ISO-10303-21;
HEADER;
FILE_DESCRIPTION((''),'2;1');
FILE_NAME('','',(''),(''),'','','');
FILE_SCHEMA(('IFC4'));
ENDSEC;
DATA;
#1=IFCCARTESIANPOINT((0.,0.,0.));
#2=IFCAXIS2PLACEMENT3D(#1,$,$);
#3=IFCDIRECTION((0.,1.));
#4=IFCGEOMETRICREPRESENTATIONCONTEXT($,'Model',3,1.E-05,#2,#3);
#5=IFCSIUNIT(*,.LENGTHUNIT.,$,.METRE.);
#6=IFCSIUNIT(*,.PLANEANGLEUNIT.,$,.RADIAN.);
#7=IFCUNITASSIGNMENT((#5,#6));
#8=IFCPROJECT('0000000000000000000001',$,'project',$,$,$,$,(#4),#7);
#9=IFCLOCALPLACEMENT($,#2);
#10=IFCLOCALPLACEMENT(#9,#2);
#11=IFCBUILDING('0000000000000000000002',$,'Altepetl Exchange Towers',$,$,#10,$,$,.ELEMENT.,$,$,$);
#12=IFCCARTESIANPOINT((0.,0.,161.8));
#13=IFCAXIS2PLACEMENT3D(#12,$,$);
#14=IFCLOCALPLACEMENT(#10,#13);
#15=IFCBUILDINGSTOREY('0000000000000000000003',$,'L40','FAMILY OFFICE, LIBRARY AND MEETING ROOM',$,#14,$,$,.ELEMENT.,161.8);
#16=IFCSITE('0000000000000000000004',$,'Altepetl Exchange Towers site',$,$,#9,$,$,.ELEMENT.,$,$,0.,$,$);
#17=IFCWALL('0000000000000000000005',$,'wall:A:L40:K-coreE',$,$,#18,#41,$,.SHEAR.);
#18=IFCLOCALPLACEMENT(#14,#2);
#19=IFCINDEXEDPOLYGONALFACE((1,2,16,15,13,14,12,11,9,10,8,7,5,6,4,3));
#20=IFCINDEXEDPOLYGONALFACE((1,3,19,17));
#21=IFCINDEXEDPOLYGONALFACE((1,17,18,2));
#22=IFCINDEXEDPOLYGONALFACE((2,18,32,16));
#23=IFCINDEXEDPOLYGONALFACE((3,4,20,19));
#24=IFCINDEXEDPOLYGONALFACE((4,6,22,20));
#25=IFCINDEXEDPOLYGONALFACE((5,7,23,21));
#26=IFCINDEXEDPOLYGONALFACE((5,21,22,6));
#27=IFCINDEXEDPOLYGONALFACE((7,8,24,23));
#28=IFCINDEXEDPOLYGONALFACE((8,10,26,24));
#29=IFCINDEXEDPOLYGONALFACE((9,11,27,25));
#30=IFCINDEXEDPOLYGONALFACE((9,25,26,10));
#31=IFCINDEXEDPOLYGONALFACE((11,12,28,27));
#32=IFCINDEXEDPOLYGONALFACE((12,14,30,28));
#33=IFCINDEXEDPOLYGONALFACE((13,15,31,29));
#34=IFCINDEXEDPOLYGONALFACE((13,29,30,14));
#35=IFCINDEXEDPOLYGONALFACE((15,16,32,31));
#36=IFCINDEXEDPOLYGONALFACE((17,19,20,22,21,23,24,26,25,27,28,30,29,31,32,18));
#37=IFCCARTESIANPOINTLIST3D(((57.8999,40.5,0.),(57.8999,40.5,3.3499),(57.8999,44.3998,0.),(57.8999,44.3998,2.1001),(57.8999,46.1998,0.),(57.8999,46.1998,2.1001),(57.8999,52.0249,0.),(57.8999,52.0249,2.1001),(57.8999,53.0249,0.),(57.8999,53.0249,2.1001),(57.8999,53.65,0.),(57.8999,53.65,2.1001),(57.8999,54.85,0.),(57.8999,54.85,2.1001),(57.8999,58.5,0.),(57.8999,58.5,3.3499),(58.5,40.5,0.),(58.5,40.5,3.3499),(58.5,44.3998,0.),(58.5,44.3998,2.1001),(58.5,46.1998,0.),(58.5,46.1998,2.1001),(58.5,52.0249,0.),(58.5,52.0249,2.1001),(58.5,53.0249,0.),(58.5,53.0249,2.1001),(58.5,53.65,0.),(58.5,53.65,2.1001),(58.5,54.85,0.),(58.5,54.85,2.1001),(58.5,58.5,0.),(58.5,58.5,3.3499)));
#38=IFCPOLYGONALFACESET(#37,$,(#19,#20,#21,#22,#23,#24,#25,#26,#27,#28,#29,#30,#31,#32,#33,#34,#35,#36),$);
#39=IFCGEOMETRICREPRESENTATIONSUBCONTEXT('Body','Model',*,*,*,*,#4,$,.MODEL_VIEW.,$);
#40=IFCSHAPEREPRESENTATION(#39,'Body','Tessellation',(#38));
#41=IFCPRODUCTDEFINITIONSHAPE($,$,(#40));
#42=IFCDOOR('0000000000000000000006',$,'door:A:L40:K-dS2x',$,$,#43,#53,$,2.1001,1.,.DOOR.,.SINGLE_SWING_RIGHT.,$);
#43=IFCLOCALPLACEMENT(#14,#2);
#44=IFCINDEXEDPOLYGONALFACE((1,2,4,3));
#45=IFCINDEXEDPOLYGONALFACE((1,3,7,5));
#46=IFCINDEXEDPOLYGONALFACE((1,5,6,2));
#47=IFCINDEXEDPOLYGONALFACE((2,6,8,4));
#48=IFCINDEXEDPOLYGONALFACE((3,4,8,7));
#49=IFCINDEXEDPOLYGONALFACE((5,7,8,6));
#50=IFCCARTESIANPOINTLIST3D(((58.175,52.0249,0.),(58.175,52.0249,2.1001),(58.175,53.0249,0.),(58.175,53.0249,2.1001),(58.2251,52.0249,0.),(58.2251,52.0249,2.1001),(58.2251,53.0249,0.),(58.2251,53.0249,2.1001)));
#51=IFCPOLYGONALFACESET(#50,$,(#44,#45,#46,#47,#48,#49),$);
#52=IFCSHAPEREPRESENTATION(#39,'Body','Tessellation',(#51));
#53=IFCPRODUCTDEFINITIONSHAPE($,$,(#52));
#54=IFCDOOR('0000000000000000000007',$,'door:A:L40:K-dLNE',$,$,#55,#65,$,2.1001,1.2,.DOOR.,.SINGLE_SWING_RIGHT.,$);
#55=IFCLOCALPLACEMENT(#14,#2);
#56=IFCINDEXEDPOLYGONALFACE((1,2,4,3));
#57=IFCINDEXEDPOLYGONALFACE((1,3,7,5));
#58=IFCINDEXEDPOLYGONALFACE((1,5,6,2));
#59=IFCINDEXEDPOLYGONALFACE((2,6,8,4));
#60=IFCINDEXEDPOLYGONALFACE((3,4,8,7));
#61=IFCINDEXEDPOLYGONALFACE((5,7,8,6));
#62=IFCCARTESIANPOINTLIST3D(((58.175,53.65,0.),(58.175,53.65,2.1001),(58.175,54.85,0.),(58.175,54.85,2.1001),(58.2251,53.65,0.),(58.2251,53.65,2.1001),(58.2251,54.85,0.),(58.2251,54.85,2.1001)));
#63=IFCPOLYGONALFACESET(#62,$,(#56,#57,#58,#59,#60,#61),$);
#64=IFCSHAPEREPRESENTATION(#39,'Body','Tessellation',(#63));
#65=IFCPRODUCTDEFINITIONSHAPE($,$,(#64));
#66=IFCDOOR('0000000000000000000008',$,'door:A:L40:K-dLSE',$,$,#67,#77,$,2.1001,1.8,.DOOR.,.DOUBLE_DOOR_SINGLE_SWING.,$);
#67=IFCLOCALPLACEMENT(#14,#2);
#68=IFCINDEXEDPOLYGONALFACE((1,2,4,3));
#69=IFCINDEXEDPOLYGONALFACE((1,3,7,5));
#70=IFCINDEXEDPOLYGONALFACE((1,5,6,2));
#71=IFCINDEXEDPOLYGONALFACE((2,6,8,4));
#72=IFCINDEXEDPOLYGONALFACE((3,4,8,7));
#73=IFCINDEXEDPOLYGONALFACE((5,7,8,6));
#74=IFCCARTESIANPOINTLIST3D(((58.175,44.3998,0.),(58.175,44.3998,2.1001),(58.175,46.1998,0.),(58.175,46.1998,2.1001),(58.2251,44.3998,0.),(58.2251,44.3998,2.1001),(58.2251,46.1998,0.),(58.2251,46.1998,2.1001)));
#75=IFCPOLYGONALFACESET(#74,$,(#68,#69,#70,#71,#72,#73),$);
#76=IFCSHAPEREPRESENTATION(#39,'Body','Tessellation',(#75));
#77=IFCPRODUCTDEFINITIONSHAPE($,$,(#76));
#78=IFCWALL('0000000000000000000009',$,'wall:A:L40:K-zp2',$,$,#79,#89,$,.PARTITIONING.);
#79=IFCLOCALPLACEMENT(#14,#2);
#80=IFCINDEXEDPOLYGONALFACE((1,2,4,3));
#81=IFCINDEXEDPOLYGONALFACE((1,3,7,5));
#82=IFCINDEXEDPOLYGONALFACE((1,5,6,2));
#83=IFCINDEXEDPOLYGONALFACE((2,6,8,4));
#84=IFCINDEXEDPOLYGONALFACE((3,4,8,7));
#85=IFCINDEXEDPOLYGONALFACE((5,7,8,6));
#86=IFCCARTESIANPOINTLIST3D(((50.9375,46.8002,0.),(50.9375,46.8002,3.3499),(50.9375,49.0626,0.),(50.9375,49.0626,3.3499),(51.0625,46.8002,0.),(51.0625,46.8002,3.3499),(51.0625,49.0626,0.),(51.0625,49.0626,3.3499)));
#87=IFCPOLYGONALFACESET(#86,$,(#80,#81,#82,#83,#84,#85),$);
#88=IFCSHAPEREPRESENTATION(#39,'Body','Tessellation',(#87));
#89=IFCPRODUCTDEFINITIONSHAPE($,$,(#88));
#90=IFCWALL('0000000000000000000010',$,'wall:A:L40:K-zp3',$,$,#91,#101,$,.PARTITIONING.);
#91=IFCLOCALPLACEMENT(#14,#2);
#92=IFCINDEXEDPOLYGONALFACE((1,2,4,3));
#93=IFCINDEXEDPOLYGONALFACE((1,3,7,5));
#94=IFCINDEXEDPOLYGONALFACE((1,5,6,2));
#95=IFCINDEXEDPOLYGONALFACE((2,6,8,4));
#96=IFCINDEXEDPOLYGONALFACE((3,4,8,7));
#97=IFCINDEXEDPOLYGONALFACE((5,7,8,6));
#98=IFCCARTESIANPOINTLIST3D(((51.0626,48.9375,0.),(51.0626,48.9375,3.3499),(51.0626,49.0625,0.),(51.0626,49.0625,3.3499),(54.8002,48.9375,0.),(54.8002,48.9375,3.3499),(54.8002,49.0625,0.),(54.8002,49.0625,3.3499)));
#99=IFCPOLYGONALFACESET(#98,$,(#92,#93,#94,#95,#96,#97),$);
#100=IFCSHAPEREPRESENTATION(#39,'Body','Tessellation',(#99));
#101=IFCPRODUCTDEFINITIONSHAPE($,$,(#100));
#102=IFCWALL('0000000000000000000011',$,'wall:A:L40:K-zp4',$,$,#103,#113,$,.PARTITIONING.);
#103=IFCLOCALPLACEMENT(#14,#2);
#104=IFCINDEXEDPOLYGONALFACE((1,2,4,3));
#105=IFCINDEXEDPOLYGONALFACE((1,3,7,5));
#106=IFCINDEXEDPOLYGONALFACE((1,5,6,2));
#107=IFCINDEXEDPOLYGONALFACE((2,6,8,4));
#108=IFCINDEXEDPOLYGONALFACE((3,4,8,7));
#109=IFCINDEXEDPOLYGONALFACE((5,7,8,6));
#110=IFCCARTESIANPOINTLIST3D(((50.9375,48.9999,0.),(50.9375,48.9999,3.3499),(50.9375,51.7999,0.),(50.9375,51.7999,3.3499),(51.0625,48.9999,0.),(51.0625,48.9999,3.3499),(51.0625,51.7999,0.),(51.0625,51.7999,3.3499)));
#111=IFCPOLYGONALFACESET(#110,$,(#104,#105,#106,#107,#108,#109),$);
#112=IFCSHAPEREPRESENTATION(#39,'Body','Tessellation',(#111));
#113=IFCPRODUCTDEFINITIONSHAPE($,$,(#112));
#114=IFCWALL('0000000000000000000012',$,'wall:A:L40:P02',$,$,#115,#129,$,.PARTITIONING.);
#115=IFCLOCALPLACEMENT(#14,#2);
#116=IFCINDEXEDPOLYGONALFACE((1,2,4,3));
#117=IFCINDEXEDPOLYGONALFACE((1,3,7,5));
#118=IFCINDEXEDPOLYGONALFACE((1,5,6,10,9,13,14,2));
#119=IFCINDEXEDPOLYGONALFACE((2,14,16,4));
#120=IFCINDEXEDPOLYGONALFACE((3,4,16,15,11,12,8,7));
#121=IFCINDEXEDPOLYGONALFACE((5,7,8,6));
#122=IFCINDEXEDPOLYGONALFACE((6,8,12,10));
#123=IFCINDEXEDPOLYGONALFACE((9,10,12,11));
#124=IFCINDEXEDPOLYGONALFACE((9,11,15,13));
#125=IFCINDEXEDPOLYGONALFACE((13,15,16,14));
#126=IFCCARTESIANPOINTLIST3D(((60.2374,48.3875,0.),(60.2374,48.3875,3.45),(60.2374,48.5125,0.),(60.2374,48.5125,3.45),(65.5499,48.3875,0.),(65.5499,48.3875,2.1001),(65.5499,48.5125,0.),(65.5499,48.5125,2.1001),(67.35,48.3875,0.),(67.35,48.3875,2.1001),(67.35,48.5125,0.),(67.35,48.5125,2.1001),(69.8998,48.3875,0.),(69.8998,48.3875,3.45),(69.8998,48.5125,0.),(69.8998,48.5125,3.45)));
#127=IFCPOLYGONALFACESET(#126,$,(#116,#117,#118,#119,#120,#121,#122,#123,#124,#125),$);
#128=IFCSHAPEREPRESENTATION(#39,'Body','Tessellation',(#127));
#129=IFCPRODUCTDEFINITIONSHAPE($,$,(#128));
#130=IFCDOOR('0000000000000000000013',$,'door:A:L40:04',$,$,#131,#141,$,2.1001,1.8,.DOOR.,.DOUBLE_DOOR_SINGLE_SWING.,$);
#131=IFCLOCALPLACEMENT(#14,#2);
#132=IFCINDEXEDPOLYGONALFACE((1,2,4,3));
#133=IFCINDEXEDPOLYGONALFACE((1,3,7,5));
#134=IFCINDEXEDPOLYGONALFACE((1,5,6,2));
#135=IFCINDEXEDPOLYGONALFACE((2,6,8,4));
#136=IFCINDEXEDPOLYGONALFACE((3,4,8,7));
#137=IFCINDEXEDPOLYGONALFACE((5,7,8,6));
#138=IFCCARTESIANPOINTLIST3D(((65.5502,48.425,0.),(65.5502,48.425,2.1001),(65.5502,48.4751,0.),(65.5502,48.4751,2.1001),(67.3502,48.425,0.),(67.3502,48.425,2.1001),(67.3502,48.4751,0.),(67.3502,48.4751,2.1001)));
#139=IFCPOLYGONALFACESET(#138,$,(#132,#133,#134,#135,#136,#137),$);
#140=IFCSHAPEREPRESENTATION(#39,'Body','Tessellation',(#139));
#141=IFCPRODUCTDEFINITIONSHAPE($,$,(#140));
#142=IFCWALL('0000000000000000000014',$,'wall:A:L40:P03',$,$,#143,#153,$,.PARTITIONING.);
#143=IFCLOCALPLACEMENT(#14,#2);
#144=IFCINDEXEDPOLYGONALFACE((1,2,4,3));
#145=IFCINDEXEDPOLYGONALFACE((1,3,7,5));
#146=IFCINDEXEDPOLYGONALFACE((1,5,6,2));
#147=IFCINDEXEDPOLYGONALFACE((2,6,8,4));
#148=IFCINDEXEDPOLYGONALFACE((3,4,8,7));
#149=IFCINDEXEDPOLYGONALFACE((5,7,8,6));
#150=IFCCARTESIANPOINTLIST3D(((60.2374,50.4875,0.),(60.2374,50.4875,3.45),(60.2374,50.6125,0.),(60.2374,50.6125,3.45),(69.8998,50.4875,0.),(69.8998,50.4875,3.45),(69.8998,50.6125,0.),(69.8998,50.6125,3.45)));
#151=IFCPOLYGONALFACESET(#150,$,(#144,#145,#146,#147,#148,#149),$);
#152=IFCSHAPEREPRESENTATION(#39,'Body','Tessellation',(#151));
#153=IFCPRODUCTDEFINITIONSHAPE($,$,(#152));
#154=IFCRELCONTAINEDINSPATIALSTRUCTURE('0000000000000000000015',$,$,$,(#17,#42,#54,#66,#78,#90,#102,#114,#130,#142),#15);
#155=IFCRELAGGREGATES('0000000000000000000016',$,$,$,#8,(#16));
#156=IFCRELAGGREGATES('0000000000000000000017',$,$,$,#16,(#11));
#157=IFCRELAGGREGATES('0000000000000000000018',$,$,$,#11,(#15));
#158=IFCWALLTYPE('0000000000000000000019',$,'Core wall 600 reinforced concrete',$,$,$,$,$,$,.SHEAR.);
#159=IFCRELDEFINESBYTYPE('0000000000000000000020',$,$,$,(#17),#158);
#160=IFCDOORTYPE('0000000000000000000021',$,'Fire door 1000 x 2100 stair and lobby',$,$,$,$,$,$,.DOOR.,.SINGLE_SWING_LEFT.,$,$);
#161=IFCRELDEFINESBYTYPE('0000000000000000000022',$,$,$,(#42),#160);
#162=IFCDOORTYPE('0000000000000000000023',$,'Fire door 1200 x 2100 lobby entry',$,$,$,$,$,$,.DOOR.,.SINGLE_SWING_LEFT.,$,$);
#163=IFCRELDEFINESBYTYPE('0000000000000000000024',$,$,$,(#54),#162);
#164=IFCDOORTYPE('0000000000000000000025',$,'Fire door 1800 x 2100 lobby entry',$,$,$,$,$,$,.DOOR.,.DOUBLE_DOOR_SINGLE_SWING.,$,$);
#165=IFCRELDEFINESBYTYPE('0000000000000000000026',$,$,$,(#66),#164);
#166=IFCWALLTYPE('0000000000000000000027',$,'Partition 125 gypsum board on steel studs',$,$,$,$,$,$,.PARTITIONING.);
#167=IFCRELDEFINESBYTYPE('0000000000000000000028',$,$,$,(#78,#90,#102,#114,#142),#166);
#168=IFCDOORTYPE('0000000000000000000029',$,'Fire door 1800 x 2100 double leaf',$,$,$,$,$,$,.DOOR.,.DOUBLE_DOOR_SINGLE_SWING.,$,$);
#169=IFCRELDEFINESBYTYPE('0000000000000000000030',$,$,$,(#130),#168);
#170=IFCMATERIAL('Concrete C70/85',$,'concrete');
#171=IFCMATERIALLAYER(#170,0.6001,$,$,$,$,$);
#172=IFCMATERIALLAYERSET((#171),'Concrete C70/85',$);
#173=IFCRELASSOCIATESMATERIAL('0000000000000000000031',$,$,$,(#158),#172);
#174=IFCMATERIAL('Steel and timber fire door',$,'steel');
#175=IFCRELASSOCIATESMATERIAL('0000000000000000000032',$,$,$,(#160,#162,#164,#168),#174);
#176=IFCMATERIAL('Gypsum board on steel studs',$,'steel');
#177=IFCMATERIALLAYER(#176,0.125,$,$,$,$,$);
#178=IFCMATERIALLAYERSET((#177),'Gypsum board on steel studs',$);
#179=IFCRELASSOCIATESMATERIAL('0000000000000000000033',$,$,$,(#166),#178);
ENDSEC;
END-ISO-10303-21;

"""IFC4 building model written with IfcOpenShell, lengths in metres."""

from ifc_helpers import new_model, si_unit, direction, frame, frame_2d, origin, place, context, subcontext, project, spatial, rectangle, extrude, material, layer, layer_set, type_object, element, fill, save


model = new_model("IFC4")

# Units and contexts
model_context = context("Model", 3, precision=1e-05, world=origin(), true_north=direction((0.0, 1.0)))
body_context = subcontext(model_context, "Body", "Model", "MODEL_VIEW")
ifc_project = project(units=[si_unit("LENGTHUNIT", "METRE"), si_unit("PLANEANGLEUNIT", "RADIAN")], contexts=[model_context])

# Site, building, storey
site_placement = place(None, origin())
site = spatial("IfcSite", under=ifc_project, at=site_placement, Name="Altepetl Exchange Towers site", CompositionType="ELEMENT", RefElevation=0.0)
building_placement = place(site_placement, origin())
building = spatial("IfcBuilding", under=site, at=building_placement, Name="Altepetl Exchange Towers", CompositionType="ELEMENT")
storey_placement = place(building_placement, frame((0.0, 0.0, 161.8)))
storey = spatial("IfcBuildingStorey", under=building, at=storey_placement, Name="L40", Description="FAMILY OFFICE, LIBRARY AND MEETING ROOM", CompositionType="ELEMENT", Elevation=161.8)

# Wall, openings, doors
ifc_material_1 = material(Name="Concrete C70/85", Category="concrete")
ifc_layer_1 = layer(ifc_material_1, 0.6001)
ifc_layer_set_1 = layer_set([ifc_layer_1], Name="Concrete C70/85")
wall_type_1 = type_object("IfcWallType", Name="Core wall 600 reinforced concrete", PredefinedType="SHEAR", material=ifc_layer_set_1)
wall_1_placement = place(storey_placement, frame((58.2, 40.5, 0.0), z_axis=(0.0, 0.0, 1.0), x_axis=(0.0, 1.0, 0.0)))
wall_1 = element("IfcWall", 1, at=wall_1_placement, inside=storey, type_object=wall_type_1, Name="wall:A:L40:K-coreE", PredefinedType="SHEAR", context=body_context, shape_type="SweptSolid", body=[
    extrude(rectangle(XDim=18.0, YDim=0.6001, at=frame_2d((9.0, 0.0))), origin(), (0.0, 0.0, 1.0), 3.3499),
])
opening_1_placement = place(wall_1_placement, frame((13.1499, 0.0, 0.0)))
opening_1 = element("IfcOpeningElement", 2, at=opening_1_placement, cuts=wall_1, PredefinedType="OPENING", context=body_context, shape_type="SweptSolid", body=[
    extrude(rectangle(XDim=1.2, YDim=2.1001, at=frame_2d((0.6001, 1.05))), frame((0.0, 0.3101, 0.0), z_axis=(0.0, -1.0, 0.0), x_axis=(1.0, 0.0, 0.0)), (0.0, 0.0, 1.0), 0.6201),
])
opening_2_placement = place(wall_1_placement, frame((3.8999, 0.0, 0.0)))
opening_2 = element("IfcOpeningElement", 3, at=opening_2_placement, cuts=wall_1, PredefinedType="OPENING", context=body_context, shape_type="SweptSolid", body=[
    extrude(rectangle(XDim=1.8, YDim=2.1001, at=frame_2d((0.8999, 1.05))), frame((0.0, 0.3101, 0.0), z_axis=(0.0, -1.0, 0.0), x_axis=(1.0, 0.0, 0.0)), (0.0, 0.0, 1.0), 0.6201),
])
opening_3_placement = place(wall_1_placement, frame((11.5249, 0.0, 0.0)))
opening_3 = element("IfcOpeningElement", 4, at=opening_3_placement, cuts=wall_1, PredefinedType="OPENING", context=body_context, shape_type="SweptSolid", body=[
    extrude(rectangle(XDim=1.0, YDim=2.1001, at=frame_2d((0.5, 1.05))), frame((0.0, 0.3101, 0.0), z_axis=(0.0, -1.0, 0.0), x_axis=(1.0, 0.0, 0.0)), (0.0, 0.0, 1.0), 0.6201),
])
ifc_material_2 = material(Name="Steel and timber fire door", Category="steel")
door_type_1 = type_object("IfcDoorType", Name="Fire door 1000 x 2100 stair and lobby", OperationType="SINGLE_SWING_LEFT", PredefinedType="DOOR", material=ifc_material_2)
door_1_placement = place(opening_3_placement, origin())
door_1 = element("IfcDoor", 5, at=door_1_placement, inside=storey, type_object=door_type_1, Name="door:A:L40:K-dS2x", OperationType="SINGLE_SWING_RIGHT", OverallHeight=2.1001, OverallWidth=1.0, PredefinedType="DOOR", context=body_context, shape_type="SweptSolid", body=[
    extrude(rectangle(XDim=1.0, YDim=2.1001, at=frame_2d((0.5, 1.05))), frame((0.0, 0.0249, 0.0), z_axis=(0.0, -1.0, 0.0), x_axis=(1.0, 0.0, 0.0)), (0.0, 0.0, 1.0), 0.05),
])
fill(opening_3, door_1)
door_type_2 = type_object("IfcDoorType", Name="Fire door 1200 x 2100 lobby entry", OperationType="SINGLE_SWING_LEFT", PredefinedType="DOOR", material=ifc_material_2)
door_2_placement = place(opening_1_placement, origin())
door_2 = element("IfcDoor", 6, at=door_2_placement, inside=storey, type_object=door_type_2, Name="door:A:L40:K-dLNE", OperationType="SINGLE_SWING_RIGHT", OverallHeight=2.1001, OverallWidth=1.2, PredefinedType="DOOR", context=body_context, shape_type="SweptSolid", body=[
    extrude(rectangle(XDim=1.2, YDim=2.1001, at=frame_2d((0.6001, 1.05))), frame((0.0, 0.0249, 0.0), z_axis=(0.0, -1.0, 0.0), x_axis=(1.0, 0.0, 0.0)), (0.0, 0.0, 1.0), 0.05),
])
fill(opening_1, door_2)
door_type_3 = type_object("IfcDoorType", Name="Fire door 1800 x 2100 lobby entry", OperationType="DOUBLE_DOOR_SINGLE_SWING", PredefinedType="DOOR", material=ifc_material_2)
door_3_placement = place(opening_2_placement, origin())
door_3 = element("IfcDoor", 7, at=door_3_placement, inside=storey, type_object=door_type_3, Name="door:A:L40:K-dLSE", OperationType="DOUBLE_DOOR_SINGLE_SWING", OverallHeight=2.1001, OverallWidth=1.8, PredefinedType="DOOR", context=body_context, shape_type="SweptSolid", body=[
    extrude(rectangle(XDim=1.8, YDim=2.1001, at=frame_2d((0.8999, 1.05))), frame((0.0, 0.0249, 0.0), z_axis=(0.0, -1.0, 0.0), x_axis=(1.0, 0.0, 0.0)), (0.0, 0.0, 1.0), 0.05),
])
fill(opening_2, door_3)

# Walls
ifc_material_3 = material(Name="Gypsum board on steel studs", Category="steel")
ifc_layer_2 = layer(ifc_material_3, 0.125)
ifc_layer_set_2 = layer_set([ifc_layer_2], Name="Gypsum board on steel studs")
wall_type_2 = type_object("IfcWallType", Name="Partition 125 gypsum board on steel studs", PredefinedType="PARTITIONING", material=ifc_layer_set_2)
wall_2_placement = place(storey_placement, frame((51.0, 46.8, 0.0), z_axis=(0.0, 0.0, 1.0), x_axis=(0.0, 1.0, 0.0)))
element("IfcWall", 8, at=wall_2_placement, inside=storey, type_object=wall_type_2, Name="wall:A:L40:K-zp2", PredefinedType="PARTITIONING", context=body_context, shape_type="SweptSolid", body=[
    extrude(rectangle(XDim=2.2625, YDim=0.125, at=frame_2d((1.1313, 0.0))), origin(), (0.0, 0.0, 1.0), 3.3499),
])
wall_3_placement = place(storey_placement, frame((54.8, 49.0, 0.0), z_axis=(0.0, 0.0, 1.0), x_axis=(-1.0, 0.0, 0.0)))
element("IfcWall", 9, at=wall_3_placement, inside=storey, type_object=wall_type_2, Name="wall:A:L40:K-zp3", PredefinedType="PARTITIONING", context=body_context, shape_type="SweptSolid", body=[
    extrude(rectangle(XDim=3.7375, YDim=0.125, at=frame_2d((1.8687, 0.0))), origin(), (0.0, 0.0, 1.0), 3.3499),
])
wall_4_placement = place(storey_placement, frame((51.0, 49.0, 0.0), z_axis=(0.0, 0.0, 1.0), x_axis=(0.0, 1.0, 0.0)))
element("IfcWall", 10, at=wall_4_placement, inside=storey, type_object=wall_type_2, Name="wall:A:L40:K-zp4", PredefinedType="PARTITIONING", context=body_context, shape_type="SweptSolid", body=[
    extrude(rectangle(XDim=2.8, YDim=0.125, at=frame_2d((1.3999, 0.0))), origin(), (0.0, 0.0, 1.0), 3.3499),
])

# Wall, opening, door
wall_5_placement = place(storey_placement, frame((60.2375, 48.45, 0.0)))
wall_5 = element("IfcWall", 11, at=wall_5_placement, inside=storey, type_object=wall_type_2, Name="wall:A:L40:P02", PredefinedType="PARTITIONING", context=body_context, shape_type="SweptSolid", body=[
    extrude(rectangle(XDim=9.6624, YDim=0.125, at=frame_2d((4.8311, 0.0))), origin(), (0.0, 0.0, 1.0), 3.45),
])
opening_4_placement = place(wall_5_placement, frame((5.3125, 0.0, 0.0)))
opening_4 = element("IfcOpeningElement", 12, at=opening_4_placement, cuts=wall_5, PredefinedType="OPENING", context=body_context, shape_type="SweptSolid", body=[
    extrude(rectangle(XDim=1.8, YDim=2.1001, at=frame_2d((0.8999, 1.05))), frame((0.0, 0.0725, 0.0), z_axis=(0.0, -1.0, 0.0), x_axis=(1.0, 0.0, 0.0)), (0.0, 0.0, 1.0), 0.145),
])
door_type_4 = type_object("IfcDoorType", Name="Fire door 1800 x 2100 double leaf", OperationType="DOUBLE_DOOR_SINGLE_SWING", PredefinedType="DOOR", material=ifc_material_2)
door_4_placement = place(opening_4_placement, frame((1.8, 0.0, 0.0), x_axis=(-1.0, 0.0, 0.0)))
door_4 = element("IfcDoor", 13, at=door_4_placement, inside=storey, type_object=door_type_4, Name="door:A:L40:04", OperationType="DOUBLE_DOOR_SINGLE_SWING", OverallHeight=2.1001, OverallWidth=1.8, PredefinedType="DOOR", context=body_context, shape_type="SweptSolid", body=[
    extrude(rectangle(XDim=1.8, YDim=2.1001, at=frame_2d((0.8999, 1.05))), frame((0.0, 0.0249, 0.0), z_axis=(0.0, -1.0, 0.0), x_axis=(1.0, 0.0, 0.0)), (0.0, 0.0, 1.0), 0.05),
])
fill(opening_4, door_4)

# Wall
wall_6_placement = place(storey_placement, frame((60.2375, 50.55, 0.0)))
element("IfcWall", 14, at=wall_6_placement, inside=storey, type_object=wall_type_2, Name="wall:A:L40:P03", PredefinedType="PARTITIONING", context=body_context, shape_type="SweptSolid", body=[
    extrude(rectangle(XDim=9.6624, YDim=0.125, at=frame_2d((4.8311, 0.0))), origin(), (0.0, 0.0, 1.0), 3.45),
])

save(model, "model.ifc")
